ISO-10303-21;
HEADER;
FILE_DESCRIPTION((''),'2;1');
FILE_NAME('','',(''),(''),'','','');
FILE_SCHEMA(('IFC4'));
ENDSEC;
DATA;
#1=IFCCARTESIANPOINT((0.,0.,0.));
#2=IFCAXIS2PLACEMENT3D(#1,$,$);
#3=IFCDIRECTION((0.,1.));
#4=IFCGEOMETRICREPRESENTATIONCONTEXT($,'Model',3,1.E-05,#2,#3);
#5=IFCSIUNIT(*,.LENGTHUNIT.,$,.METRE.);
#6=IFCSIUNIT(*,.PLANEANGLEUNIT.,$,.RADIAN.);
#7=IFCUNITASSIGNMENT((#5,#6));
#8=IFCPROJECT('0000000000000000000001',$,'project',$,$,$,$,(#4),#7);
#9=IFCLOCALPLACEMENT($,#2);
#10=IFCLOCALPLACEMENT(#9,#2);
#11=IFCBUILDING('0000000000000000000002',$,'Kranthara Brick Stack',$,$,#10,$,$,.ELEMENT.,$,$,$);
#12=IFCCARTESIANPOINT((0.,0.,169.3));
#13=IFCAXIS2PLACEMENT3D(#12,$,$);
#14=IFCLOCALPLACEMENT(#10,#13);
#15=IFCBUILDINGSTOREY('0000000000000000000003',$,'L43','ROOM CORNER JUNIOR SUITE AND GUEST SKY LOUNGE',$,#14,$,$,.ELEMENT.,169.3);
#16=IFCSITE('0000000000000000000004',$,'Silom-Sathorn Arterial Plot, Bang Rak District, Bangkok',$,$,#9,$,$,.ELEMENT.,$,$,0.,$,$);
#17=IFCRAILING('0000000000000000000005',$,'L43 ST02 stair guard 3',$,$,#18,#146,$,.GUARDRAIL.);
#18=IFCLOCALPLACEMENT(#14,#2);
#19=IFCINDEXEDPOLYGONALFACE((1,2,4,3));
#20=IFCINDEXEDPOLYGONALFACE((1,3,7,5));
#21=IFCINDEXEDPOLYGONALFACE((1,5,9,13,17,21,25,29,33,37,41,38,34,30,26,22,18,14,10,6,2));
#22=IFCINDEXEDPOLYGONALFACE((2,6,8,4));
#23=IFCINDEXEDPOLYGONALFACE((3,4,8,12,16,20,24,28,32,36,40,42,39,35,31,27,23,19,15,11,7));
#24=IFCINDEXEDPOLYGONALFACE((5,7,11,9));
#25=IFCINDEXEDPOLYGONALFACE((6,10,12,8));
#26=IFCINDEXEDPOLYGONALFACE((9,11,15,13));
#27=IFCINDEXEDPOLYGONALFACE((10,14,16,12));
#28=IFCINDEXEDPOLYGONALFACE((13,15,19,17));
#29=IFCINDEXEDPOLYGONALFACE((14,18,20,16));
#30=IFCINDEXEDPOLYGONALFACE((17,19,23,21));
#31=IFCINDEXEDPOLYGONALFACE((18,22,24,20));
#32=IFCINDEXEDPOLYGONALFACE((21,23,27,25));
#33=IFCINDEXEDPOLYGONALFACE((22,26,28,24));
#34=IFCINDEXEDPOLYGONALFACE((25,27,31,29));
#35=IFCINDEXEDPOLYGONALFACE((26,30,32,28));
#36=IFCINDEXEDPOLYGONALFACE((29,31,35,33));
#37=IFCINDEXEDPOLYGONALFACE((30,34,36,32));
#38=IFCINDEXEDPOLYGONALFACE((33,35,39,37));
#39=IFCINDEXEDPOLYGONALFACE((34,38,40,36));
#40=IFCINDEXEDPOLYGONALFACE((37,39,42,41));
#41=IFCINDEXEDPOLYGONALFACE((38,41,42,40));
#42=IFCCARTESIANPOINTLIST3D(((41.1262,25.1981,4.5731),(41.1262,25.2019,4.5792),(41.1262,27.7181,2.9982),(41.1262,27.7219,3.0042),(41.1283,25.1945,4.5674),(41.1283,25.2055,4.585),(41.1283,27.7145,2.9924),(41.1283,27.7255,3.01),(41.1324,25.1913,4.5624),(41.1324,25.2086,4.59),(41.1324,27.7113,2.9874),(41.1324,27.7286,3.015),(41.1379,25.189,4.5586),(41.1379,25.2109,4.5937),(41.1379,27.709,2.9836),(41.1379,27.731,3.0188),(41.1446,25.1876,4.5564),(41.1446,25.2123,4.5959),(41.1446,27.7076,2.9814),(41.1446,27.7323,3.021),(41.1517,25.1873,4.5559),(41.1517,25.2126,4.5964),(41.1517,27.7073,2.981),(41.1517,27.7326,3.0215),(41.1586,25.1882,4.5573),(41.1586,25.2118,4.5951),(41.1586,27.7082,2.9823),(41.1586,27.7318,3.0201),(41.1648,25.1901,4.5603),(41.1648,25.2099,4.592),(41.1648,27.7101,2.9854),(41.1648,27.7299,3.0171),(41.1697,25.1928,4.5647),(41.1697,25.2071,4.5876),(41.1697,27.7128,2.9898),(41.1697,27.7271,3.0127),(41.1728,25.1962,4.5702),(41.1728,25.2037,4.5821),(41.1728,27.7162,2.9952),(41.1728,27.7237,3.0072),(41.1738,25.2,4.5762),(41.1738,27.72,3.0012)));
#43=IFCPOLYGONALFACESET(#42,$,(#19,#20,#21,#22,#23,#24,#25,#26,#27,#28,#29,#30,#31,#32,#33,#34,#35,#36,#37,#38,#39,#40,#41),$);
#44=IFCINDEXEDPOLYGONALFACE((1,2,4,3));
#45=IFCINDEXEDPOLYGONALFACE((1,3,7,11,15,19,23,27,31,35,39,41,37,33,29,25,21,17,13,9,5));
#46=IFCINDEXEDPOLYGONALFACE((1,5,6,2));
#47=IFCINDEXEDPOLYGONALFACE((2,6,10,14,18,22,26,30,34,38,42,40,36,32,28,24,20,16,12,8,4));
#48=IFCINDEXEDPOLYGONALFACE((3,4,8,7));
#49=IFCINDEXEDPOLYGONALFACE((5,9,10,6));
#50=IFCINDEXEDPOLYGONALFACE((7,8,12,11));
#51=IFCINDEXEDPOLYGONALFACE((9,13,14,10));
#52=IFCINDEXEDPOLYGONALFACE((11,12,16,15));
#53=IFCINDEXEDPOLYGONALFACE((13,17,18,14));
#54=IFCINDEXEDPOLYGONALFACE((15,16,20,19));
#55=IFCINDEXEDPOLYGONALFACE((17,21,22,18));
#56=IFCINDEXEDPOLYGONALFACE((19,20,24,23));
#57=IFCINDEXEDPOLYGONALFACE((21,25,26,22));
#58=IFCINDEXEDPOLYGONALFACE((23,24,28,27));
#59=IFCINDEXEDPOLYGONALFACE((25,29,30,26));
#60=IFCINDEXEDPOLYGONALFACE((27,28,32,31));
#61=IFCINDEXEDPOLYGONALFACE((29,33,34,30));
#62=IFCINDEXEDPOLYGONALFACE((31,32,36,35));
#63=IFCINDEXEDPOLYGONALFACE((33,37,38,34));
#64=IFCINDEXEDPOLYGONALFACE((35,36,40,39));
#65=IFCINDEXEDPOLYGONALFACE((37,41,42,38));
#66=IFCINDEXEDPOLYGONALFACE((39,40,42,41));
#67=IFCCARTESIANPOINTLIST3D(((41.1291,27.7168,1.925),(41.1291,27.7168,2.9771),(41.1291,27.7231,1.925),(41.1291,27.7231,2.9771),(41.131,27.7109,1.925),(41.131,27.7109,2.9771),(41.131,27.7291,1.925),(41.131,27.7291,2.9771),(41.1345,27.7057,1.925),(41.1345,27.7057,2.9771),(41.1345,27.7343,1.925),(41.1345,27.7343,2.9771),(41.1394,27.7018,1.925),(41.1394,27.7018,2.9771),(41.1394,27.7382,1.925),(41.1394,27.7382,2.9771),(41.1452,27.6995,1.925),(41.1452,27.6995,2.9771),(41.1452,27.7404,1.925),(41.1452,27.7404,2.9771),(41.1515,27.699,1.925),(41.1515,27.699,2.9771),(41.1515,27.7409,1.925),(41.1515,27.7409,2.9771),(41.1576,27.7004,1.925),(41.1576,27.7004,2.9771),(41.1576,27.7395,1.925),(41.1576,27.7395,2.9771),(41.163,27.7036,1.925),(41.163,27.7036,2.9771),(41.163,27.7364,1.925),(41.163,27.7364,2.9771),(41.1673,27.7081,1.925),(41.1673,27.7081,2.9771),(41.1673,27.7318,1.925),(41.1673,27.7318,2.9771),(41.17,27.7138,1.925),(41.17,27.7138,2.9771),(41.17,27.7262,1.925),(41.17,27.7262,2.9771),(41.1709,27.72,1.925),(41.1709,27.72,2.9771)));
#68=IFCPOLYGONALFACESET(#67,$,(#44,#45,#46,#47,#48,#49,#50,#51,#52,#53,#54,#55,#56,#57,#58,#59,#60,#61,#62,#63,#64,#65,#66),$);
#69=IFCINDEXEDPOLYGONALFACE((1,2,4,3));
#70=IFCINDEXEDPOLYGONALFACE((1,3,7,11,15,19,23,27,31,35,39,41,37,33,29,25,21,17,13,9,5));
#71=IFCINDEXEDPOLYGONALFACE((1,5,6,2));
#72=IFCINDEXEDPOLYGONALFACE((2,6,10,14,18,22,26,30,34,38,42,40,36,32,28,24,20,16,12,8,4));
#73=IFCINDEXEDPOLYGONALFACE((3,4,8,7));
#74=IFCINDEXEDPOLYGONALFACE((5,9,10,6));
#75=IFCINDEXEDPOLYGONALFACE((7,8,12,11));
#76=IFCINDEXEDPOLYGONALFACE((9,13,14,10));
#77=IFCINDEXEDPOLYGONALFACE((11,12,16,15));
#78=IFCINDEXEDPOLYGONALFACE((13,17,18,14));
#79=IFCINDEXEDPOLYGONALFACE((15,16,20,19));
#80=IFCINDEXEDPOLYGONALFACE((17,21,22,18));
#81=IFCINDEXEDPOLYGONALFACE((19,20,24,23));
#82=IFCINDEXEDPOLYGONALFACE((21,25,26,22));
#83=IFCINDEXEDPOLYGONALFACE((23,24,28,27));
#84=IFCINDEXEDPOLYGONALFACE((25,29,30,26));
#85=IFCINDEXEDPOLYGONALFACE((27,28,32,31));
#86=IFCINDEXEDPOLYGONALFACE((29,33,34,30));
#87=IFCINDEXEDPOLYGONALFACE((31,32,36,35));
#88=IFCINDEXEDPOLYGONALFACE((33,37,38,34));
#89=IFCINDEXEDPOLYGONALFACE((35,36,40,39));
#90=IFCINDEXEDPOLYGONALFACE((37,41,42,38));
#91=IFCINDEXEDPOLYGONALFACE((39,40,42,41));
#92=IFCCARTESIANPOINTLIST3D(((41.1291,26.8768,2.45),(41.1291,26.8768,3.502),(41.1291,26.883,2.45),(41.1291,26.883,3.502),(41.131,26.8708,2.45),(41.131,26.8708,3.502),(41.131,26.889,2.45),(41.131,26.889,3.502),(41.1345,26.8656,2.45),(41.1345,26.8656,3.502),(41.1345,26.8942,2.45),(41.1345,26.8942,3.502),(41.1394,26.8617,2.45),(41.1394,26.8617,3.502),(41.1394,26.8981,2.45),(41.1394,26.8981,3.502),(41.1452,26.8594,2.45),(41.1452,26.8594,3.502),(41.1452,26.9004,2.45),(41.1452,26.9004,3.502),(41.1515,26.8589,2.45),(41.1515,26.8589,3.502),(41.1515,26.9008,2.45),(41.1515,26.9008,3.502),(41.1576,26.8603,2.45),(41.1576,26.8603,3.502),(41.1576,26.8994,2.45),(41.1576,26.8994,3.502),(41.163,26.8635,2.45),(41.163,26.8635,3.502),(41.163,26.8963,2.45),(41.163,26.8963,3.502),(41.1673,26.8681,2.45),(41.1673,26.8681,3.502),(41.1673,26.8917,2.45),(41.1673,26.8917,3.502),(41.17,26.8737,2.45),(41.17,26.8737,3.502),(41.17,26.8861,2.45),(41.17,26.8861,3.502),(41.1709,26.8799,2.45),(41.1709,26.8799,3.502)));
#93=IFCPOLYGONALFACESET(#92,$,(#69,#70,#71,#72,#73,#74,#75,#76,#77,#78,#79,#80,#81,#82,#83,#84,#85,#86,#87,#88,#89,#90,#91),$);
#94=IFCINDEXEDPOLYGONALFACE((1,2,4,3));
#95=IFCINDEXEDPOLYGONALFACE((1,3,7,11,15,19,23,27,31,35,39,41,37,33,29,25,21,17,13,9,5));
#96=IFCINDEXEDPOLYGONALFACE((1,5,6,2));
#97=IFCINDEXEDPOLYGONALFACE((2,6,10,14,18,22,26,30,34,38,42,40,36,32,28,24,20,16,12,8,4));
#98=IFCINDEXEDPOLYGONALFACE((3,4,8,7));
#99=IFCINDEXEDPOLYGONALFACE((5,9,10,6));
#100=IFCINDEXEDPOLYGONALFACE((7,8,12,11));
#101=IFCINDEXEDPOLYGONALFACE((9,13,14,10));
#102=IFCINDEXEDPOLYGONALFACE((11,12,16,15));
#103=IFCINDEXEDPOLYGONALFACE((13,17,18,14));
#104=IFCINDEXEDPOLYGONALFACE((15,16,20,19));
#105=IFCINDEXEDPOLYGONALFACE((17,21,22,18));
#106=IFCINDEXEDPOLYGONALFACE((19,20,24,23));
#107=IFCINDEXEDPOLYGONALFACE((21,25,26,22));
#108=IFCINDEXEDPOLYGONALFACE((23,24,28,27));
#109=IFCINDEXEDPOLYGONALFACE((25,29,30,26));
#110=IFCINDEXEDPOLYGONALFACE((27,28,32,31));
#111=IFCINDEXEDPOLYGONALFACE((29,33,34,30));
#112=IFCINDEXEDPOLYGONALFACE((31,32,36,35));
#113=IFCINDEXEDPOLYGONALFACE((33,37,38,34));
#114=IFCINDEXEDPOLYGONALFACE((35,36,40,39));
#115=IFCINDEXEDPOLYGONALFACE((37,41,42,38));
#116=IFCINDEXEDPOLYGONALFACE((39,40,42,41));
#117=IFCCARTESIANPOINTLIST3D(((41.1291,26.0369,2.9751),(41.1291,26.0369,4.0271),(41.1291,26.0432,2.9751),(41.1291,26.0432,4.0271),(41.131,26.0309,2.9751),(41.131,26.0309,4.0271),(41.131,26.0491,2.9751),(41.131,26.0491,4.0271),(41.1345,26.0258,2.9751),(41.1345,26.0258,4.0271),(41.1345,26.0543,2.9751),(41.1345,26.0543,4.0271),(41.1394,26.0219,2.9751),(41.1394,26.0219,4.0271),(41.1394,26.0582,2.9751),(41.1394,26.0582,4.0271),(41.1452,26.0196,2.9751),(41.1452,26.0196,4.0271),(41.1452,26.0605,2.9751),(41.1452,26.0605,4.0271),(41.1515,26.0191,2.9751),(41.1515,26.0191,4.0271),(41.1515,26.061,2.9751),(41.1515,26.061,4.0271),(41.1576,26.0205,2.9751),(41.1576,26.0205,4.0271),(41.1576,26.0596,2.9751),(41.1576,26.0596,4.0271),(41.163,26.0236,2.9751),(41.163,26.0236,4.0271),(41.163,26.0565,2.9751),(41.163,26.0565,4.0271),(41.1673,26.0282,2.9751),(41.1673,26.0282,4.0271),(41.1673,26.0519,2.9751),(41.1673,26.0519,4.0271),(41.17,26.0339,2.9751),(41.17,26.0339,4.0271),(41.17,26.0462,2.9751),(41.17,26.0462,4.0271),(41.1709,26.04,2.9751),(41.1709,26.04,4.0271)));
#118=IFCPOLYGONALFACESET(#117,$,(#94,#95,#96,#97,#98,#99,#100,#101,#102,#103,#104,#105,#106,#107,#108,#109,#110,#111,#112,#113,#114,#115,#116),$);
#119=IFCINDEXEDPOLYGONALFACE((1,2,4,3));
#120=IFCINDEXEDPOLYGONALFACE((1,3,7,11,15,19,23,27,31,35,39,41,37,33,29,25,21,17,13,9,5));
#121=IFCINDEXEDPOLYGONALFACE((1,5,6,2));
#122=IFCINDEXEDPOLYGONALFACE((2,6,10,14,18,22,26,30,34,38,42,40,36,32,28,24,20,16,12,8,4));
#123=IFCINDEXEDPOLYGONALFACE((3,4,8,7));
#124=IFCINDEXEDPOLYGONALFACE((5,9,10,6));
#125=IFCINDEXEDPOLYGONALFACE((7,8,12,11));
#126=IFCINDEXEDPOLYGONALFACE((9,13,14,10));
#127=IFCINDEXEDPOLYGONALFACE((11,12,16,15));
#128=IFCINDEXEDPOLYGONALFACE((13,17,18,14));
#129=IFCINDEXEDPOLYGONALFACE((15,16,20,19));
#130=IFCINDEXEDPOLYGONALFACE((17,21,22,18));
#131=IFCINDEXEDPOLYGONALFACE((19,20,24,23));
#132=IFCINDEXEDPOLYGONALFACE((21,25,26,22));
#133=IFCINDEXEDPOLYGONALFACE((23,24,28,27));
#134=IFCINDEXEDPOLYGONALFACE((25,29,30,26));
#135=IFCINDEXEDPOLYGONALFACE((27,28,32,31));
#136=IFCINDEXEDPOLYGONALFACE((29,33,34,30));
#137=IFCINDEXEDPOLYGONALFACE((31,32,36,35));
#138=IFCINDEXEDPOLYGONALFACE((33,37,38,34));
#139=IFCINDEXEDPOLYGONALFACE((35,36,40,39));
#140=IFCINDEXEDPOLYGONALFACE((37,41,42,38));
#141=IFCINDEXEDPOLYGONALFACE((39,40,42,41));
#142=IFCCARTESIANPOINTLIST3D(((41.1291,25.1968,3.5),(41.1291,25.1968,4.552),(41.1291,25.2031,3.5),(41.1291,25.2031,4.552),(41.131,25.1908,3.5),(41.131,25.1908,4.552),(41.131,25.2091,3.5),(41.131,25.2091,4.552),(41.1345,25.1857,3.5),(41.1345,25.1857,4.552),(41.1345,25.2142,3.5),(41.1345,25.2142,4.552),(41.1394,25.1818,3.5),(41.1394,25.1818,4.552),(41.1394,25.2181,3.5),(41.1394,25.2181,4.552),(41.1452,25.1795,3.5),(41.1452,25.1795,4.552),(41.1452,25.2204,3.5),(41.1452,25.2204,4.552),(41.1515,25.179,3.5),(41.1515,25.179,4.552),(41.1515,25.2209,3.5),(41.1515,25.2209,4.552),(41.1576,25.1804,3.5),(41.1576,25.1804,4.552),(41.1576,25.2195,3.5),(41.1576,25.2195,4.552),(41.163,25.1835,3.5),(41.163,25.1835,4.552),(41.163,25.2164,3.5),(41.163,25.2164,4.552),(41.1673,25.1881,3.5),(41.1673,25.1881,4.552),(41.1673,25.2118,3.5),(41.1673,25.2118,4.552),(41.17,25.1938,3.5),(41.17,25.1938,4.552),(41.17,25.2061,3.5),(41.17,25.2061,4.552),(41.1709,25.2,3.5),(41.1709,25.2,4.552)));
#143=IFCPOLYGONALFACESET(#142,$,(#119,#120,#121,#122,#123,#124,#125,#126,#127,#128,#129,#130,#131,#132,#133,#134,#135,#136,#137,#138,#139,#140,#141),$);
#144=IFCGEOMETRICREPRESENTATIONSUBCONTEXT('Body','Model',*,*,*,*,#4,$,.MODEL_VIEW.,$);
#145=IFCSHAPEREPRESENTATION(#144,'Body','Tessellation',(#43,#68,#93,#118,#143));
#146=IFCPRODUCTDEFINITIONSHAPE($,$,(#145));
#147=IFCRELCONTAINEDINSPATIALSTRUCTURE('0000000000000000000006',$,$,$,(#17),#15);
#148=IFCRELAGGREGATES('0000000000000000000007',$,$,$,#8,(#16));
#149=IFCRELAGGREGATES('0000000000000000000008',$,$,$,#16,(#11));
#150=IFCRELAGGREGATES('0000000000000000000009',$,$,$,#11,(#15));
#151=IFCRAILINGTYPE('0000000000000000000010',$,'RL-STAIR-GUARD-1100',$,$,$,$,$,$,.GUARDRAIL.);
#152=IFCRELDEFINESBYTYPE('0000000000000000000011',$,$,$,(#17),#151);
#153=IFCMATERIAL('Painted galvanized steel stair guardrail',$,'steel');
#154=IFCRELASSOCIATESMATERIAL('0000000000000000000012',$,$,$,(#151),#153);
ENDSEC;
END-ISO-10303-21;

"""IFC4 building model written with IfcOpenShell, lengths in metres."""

from ifc_helpers import new_model, si_unit, direction, frame, origin, origin_2d, place, context, subcontext, project, spatial, circle, extrude, material, type_object, element, save


model = new_model("IFC4")

# Units and contexts
model_context = context("Model", 3, precision=1e-05, world=origin(), true_north=direction((0.0, 1.0)))
body_context = subcontext(model_context, "Body", "Model", "MODEL_VIEW")
ifc_project = project(units=[si_unit("LENGTHUNIT", "METRE"), si_unit("PLANEANGLEUNIT", "RADIAN")], contexts=[model_context])

# Site, building, storey
site_placement = place(None, origin())
site = spatial("IfcSite", under=ifc_project, at=site_placement, Name="Silom-Sathorn Arterial Plot, Bang Rak District, Bangkok", CompositionType="ELEMENT", RefElevation=0.0)
building_placement = place(site_placement, origin())
building = spatial("IfcBuilding", under=site, at=building_placement, Name="Kranthara Brick Stack", CompositionType="ELEMENT")
storey_placement = place(building_placement, frame((0.0, 0.0, 169.3)))
storey = spatial("IfcBuildingStorey", under=building, at=storey_placement, Name="L43", Description="ROOM CORNER JUNIOR SUITE AND GUEST SKY LOUNGE", CompositionType="ELEMENT", Elevation=169.3)

# Railing
ifc_material_1 = material(Name="Painted galvanized steel stair guardrail", Category="steel")
railing_type_1 = type_object("IfcRailingType", Name="RL-STAIR-GUARD-1100", PredefinedType="GUARDRAIL", material=ifc_material_1)
railing_1_placement = place(storey_placement, frame((41.1499, 27.72, 1.925)))
element("IfcRailing", 1, at=railing_1_placement, inside=storey, type_object=railing_type_1, Name="L43 ST02 stair guard 3", PredefinedType="GUARDRAIL", context=body_context, shape_type="SweptSolid", body=[
    extrude(circle(Radius=0.0239, at=origin_2d()), frame((0.0, 0.0, 1.0762), z_axis=(0.0, -0.848008, 0.529984), x_axis=(1.0, 0.0, 0.0)), (0.0, 0.0, 1.0), 2.9717),
    extrude(circle(Radius=0.021, at=origin_2d()), origin(), (0.0, 0.0, 1.0), 1.052),
    extrude(circle(Radius=0.021, at=origin_2d()), frame((0.0, -0.8401, 0.5249)), (0.0, 0.0, 1.0), 1.052),
    extrude(circle(Radius=0.021, at=origin_2d()), frame((0.0, -1.6799, 1.05)), (0.0, 0.0, 1.0), 1.052),
    extrude(circle(Radius=0.021, at=origin_2d()), frame((0.0, -2.52, 1.575)), (0.0, 0.0, 1.0), 1.052),
])

save(model, "model.ifc")
